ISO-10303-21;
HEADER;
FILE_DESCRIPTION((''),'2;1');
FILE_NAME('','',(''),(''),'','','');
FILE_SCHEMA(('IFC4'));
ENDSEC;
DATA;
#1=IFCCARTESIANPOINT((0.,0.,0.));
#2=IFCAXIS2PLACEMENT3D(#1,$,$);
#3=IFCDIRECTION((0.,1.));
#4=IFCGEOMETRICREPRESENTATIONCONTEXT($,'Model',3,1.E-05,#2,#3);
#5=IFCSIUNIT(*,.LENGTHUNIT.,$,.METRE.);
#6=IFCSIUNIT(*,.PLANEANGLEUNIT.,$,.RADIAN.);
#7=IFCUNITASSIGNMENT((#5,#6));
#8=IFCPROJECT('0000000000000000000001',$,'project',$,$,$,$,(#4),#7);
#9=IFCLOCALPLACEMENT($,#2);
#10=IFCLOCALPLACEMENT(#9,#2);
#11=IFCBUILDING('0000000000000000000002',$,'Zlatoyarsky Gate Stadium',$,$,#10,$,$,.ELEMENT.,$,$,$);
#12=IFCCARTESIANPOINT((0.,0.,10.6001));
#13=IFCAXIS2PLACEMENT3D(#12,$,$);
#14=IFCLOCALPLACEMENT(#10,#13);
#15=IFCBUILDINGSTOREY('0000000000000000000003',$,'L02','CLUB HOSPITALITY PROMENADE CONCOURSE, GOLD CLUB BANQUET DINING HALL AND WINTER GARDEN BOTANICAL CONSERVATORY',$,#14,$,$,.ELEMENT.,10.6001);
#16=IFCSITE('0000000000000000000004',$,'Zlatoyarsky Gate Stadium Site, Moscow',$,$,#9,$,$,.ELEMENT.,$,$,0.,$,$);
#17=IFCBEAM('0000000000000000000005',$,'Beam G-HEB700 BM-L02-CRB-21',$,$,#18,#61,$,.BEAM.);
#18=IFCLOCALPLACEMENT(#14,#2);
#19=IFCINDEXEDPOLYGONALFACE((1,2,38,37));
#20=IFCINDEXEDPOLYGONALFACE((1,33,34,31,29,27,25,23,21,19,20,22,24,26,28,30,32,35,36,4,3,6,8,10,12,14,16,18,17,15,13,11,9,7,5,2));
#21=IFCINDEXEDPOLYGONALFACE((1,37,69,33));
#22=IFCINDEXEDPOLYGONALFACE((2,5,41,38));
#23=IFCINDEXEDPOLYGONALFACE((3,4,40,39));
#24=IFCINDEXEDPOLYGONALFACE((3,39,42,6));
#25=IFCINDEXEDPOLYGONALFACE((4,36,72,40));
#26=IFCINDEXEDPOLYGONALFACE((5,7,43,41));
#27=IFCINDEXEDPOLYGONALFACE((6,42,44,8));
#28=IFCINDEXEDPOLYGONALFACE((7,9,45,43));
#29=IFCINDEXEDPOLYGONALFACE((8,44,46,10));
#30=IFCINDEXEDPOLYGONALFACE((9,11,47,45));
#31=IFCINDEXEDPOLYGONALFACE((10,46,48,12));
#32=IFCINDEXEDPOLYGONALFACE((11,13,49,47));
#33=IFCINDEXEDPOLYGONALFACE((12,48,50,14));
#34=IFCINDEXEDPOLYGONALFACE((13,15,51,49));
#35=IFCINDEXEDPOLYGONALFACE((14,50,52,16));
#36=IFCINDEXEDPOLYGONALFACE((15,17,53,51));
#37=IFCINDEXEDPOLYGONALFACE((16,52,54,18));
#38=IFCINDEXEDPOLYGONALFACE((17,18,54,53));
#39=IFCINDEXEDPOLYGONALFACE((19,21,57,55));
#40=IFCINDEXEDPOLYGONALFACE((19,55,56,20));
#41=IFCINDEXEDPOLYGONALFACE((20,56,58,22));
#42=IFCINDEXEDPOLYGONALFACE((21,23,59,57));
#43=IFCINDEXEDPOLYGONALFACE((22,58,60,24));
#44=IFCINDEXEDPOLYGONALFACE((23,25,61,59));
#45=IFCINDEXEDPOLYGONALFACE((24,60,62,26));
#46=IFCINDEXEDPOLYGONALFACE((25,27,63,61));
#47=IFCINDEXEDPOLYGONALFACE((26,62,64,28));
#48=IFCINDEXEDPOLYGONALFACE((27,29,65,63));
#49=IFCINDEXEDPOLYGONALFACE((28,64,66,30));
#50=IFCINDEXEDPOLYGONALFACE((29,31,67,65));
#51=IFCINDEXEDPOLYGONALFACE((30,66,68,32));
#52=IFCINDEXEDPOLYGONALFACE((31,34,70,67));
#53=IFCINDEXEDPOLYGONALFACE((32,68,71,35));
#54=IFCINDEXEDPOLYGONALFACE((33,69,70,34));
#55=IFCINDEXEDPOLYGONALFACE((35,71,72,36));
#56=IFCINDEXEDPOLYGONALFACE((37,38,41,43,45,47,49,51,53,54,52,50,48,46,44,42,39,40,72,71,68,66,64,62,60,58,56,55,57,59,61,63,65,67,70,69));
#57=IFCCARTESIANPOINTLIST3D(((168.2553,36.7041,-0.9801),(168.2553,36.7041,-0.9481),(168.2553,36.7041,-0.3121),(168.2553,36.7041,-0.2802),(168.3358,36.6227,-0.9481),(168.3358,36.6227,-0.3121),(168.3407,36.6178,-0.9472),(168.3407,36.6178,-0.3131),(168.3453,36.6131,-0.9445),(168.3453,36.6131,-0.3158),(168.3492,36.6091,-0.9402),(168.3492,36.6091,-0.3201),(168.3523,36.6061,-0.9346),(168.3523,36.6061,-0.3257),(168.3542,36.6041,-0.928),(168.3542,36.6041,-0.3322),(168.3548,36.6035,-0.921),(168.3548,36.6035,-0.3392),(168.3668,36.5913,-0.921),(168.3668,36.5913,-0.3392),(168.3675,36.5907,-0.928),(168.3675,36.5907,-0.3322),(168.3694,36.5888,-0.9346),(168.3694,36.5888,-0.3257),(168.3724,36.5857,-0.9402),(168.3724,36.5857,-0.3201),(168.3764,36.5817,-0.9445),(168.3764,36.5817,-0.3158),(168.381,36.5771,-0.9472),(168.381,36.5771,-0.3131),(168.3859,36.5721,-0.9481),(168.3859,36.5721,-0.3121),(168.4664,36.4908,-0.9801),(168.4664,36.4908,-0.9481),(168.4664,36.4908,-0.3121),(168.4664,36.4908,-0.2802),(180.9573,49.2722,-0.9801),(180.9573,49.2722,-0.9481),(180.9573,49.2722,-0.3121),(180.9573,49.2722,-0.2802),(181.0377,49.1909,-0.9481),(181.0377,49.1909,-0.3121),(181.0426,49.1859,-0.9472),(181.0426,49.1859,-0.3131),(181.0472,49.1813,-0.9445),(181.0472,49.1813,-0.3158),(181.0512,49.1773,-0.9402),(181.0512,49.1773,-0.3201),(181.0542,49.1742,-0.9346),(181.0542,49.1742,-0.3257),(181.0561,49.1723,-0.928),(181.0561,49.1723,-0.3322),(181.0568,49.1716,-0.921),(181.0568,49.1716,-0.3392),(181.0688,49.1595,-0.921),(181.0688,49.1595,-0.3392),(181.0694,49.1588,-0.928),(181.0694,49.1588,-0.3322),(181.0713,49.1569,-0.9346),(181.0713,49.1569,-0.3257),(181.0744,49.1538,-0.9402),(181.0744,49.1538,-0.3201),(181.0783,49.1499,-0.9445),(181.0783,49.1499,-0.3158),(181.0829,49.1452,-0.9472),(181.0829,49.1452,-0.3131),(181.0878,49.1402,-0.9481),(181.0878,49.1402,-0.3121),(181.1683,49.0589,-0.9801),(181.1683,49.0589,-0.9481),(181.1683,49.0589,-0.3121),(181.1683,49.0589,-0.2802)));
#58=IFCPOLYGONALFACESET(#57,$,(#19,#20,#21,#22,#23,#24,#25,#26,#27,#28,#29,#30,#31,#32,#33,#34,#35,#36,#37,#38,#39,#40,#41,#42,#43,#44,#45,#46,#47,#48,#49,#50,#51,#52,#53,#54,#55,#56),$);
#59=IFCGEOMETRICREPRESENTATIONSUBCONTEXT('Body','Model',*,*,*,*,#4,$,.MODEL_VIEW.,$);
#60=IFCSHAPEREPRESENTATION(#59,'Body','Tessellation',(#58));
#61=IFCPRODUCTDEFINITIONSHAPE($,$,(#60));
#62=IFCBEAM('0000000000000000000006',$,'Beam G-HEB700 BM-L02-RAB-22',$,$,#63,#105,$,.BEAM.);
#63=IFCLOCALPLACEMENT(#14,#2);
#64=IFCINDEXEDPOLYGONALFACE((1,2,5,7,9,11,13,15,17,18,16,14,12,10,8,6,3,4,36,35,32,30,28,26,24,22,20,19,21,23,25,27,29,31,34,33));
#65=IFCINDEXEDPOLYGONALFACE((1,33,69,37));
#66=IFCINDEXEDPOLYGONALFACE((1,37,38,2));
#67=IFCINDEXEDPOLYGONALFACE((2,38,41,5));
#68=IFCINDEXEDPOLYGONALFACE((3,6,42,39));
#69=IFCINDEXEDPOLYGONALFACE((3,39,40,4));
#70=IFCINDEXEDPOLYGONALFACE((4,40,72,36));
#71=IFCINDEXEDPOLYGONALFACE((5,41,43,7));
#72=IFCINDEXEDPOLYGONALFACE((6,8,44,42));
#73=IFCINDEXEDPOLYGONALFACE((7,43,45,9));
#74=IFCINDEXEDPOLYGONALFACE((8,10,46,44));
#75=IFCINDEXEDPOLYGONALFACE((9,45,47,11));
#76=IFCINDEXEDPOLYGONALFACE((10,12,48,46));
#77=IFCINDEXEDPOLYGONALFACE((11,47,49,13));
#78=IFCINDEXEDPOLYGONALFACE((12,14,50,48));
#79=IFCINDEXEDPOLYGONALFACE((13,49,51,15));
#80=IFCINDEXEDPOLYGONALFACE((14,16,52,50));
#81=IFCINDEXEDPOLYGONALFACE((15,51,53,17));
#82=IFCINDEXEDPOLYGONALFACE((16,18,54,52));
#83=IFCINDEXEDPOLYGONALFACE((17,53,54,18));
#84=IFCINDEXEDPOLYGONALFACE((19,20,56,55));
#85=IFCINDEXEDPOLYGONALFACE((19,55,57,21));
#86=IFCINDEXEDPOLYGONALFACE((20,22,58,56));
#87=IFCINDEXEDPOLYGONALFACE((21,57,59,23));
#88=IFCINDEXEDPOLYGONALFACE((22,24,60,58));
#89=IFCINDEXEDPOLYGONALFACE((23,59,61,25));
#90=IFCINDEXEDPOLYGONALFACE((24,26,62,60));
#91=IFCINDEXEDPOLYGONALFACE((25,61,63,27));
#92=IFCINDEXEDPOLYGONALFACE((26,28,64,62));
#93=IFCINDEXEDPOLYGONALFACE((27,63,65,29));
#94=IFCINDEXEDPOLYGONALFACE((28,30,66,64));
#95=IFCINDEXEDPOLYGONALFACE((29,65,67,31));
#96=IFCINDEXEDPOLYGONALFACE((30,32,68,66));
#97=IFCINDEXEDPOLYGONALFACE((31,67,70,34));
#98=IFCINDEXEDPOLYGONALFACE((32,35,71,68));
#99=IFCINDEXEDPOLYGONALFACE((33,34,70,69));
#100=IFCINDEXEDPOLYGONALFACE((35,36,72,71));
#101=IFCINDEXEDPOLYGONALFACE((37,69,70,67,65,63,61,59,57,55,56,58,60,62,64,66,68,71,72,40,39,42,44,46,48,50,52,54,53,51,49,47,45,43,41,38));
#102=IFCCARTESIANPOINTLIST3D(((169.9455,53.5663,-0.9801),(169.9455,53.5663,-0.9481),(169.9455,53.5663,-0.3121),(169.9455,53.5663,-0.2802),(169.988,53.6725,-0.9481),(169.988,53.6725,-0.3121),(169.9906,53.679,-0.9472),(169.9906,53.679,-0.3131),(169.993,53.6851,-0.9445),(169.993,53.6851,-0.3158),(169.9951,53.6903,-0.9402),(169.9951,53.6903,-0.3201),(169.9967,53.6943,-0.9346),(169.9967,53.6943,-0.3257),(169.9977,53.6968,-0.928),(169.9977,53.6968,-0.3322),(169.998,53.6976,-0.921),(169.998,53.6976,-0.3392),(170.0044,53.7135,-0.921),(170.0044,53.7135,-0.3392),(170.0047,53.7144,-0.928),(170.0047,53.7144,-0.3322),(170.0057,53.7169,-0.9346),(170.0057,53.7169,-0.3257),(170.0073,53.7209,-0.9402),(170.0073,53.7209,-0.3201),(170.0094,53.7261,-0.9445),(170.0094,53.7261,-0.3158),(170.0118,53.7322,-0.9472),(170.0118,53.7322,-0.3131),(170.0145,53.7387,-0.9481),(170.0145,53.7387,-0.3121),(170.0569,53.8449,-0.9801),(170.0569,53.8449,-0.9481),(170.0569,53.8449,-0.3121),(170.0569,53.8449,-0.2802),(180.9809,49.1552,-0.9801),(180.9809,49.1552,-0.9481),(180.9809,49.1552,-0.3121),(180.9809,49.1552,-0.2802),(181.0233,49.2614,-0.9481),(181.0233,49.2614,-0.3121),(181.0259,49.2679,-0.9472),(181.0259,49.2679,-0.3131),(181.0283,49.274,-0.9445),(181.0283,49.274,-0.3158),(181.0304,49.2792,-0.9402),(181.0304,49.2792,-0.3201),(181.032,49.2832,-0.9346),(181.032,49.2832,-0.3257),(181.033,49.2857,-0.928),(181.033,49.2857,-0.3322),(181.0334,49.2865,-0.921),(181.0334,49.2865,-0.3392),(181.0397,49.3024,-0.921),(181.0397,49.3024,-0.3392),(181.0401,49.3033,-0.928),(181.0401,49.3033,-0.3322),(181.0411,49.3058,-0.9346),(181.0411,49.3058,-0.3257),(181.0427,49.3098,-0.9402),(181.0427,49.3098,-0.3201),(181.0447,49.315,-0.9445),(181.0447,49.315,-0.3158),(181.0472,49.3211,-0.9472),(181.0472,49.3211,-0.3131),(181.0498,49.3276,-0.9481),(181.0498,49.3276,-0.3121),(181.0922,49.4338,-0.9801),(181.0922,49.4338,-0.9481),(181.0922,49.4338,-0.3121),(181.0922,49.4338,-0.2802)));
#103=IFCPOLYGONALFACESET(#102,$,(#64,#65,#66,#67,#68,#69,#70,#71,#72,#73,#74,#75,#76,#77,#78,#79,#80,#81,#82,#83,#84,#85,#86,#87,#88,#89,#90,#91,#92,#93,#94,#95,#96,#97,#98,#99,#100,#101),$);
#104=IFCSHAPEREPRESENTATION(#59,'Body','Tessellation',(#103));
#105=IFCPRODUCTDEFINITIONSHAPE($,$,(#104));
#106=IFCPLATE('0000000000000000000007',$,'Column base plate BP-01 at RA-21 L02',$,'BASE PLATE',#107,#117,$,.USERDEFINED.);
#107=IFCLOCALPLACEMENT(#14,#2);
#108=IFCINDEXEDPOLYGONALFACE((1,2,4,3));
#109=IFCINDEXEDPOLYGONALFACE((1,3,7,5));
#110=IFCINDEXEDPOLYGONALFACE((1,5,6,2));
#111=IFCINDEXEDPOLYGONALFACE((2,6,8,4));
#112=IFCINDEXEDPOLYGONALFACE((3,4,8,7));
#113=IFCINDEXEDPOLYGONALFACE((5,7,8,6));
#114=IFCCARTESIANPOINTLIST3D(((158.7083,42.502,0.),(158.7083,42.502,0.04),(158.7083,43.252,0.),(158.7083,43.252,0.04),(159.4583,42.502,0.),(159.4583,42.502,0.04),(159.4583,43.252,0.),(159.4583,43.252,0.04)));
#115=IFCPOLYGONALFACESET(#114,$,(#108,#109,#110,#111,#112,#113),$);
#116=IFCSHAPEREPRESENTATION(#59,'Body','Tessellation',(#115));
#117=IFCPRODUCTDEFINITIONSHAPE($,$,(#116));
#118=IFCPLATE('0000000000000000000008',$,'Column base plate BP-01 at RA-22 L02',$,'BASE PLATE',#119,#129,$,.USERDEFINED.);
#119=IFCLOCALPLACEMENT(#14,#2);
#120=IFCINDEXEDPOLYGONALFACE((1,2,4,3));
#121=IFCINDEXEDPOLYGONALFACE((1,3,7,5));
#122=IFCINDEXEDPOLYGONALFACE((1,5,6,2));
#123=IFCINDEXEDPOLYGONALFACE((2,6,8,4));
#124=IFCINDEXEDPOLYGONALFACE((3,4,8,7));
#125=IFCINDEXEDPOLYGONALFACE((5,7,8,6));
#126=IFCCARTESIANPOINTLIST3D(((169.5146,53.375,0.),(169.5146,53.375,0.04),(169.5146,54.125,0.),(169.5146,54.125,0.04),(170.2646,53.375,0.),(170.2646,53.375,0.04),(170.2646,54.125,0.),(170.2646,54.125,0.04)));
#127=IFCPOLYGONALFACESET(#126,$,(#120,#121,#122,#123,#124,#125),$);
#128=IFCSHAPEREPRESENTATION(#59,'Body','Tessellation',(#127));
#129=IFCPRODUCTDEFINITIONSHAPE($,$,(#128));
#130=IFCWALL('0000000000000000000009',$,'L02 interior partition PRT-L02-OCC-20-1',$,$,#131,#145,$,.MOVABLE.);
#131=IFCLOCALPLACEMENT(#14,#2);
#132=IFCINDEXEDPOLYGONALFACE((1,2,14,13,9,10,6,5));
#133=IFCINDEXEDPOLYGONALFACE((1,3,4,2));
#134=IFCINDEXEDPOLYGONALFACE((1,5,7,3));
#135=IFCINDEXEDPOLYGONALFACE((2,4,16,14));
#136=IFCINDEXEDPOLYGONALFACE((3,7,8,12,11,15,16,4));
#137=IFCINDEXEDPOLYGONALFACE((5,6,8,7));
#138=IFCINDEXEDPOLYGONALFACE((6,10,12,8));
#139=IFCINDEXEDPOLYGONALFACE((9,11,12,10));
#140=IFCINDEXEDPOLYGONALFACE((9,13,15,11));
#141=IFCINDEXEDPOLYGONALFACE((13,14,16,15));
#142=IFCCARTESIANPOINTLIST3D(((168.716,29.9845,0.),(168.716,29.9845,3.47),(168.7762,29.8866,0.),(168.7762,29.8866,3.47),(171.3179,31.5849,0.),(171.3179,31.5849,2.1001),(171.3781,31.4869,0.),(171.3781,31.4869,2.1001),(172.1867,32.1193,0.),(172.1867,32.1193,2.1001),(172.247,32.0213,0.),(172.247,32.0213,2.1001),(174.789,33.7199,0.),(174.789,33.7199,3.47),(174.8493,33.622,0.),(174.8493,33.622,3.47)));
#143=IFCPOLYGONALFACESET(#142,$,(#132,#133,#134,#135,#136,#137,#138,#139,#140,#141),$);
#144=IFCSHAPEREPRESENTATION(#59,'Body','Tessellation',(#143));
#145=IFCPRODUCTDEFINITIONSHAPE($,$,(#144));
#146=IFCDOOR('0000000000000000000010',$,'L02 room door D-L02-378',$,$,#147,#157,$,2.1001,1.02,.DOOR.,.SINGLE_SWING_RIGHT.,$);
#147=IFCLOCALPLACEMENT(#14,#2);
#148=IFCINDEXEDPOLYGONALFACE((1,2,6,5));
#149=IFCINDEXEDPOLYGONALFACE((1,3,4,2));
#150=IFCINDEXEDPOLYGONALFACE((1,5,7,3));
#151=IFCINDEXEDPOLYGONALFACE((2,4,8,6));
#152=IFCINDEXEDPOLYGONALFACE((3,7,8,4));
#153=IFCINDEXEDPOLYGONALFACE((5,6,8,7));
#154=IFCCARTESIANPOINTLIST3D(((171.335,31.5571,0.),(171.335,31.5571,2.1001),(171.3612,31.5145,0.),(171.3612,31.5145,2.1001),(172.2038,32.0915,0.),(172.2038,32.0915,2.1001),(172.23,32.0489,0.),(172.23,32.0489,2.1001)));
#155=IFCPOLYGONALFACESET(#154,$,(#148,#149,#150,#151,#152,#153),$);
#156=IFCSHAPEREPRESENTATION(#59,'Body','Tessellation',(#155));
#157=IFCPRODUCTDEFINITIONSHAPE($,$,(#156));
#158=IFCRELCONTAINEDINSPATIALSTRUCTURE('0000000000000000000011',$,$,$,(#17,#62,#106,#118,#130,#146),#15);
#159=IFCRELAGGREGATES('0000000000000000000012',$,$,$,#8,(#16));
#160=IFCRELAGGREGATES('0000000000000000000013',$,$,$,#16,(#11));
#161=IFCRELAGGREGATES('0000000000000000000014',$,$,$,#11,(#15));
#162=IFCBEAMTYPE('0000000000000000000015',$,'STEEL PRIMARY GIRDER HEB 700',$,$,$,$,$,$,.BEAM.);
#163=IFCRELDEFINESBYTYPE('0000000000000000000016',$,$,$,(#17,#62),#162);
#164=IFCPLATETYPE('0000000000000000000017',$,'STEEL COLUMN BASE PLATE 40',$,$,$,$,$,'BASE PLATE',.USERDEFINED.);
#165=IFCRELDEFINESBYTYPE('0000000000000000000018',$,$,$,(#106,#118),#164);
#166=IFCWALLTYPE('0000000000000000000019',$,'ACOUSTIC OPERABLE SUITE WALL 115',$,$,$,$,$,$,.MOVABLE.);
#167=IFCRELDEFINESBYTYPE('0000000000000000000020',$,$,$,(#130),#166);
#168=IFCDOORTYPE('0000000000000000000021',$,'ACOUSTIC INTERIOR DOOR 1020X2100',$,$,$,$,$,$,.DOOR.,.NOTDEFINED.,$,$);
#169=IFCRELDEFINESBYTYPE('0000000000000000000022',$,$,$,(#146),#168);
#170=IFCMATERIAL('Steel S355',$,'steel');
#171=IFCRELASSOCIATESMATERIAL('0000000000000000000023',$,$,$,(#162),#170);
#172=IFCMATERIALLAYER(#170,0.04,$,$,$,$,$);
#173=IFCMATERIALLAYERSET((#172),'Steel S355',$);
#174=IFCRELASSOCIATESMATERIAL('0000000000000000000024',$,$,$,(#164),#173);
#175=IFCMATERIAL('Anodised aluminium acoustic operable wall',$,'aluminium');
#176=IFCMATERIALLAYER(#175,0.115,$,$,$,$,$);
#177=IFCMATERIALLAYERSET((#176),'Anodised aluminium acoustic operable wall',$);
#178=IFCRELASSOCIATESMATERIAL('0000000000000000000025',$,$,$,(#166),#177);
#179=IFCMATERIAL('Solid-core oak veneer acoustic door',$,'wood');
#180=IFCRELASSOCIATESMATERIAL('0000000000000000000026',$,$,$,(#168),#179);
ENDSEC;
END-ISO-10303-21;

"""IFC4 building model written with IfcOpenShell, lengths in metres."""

from ifc_helpers import new_model, si_unit, direction, frame, frame_2d, origin, origin_2d, place, context, subcontext, project, spatial, rectangle, i_section, extrude, material, layer, layer_set, material_profile, profile_set, type_object, element, fill, save


model = new_model("IFC4")

# Units and contexts
model_context = context("Model", 3, precision=1e-05, world=origin(), true_north=direction((0.0, 1.0)))
body_context = subcontext(model_context, "Body", "Model", "MODEL_VIEW")
ifc_project = project(units=[si_unit("LENGTHUNIT", "METRE"), si_unit("PLANEANGLEUNIT", "RADIAN")], contexts=[model_context])

# Site, building, storey
site_placement = place(None, origin())
site = spatial("IfcSite", under=ifc_project, at=site_placement, Name="Zlatoyarsky Gate Stadium Site, Moscow", CompositionType="ELEMENT", RefElevation=0.0)
building_placement = place(site_placement, origin())
building = spatial("IfcBuilding", under=site, at=building_placement, Name="Zlatoyarsky Gate Stadium", CompositionType="ELEMENT")
storey_placement = place(building_placement, frame((0.0, 0.0, 10.6001)))
storey = spatial("IfcBuildingStorey", under=building, at=storey_placement, Name="L02", Description="CLUB HOSPITALITY PROMENADE CONCOURSE, GOLD CLUB BANQUET DINING HALL AND WINTER GARDEN BOTANICAL CONSERVATORY", CompositionType="ELEMENT", Elevation=10.6001)

# Shared definitions
ifc_material_1 = material(Name="Steel S355", Category="steel")

# Beams
ifc_material_profile_1 = material_profile(ifc_material_1, i_section(OverallWidth=0.3, OverallDepth=0.7, WebThickness=0.0171, FlangeThickness=0.032, FilletRadius=0.0271, at=origin_2d()), Name="HEB 700")
ifc_profile_set_1 = profile_set([ifc_material_profile_1], Name="Steel S355")
beam_type_1 = type_object("IfcBeamType", Name="STEEL PRIMARY GIRDER HEB 700", PredefinedType="BEAM", material=ifc_profile_set_1)
beam_1_placement = place(storey_placement, frame((168.3608, 36.5974, -0.6301), z_axis=(0.710841, 0.703353, 0.0), x_axis=(-0.703353, 0.710841, 0.0)))
element("IfcBeam", 1, at=beam_1_placement, inside=storey, type_object=beam_type_1, Name="Beam G-HEB700 BM-L02-CRB-21", PredefinedType="BEAM", context=body_context, shape_type="SweptSolid", body=[
    extrude(i_section(OverallWidth=0.3, OverallDepth=0.7, WebThickness=0.0171, FlangeThickness=0.032, FilletRadius=0.0271, at=origin_2d()), origin(), (0.0, 0.0, 1.0), 17.8689),
])
beam_2_placement = place(storey_placement, frame((170.0012, 53.7056, -0.6301), z_axis=(0.928565, -0.371171, 0.0), x_axis=(0.371171, 0.928565, 0.0)))
element("IfcBeam", 2, at=beam_2_placement, inside=storey, type_object=beam_type_1, Name="Beam G-HEB700 BM-L02-RAB-22", PredefinedType="BEAM", context=body_context, shape_type="SweptSolid", body=[
    extrude(i_section(OverallWidth=0.3, OverallDepth=0.7, WebThickness=0.0171, FlangeThickness=0.032, FilletRadius=0.0271, at=origin_2d()), origin(), (0.0, 0.0, 1.0), 11.8843),
])

# Plates
ifc_layer_1 = layer(ifc_material_1, 0.04)
ifc_layer_set_1 = layer_set([ifc_layer_1], Name="Steel S355")
plate_type = type_object("IfcPlateType", Name="STEEL COLUMN BASE PLATE 40", ElementType="BASE PLATE", PredefinedType="USERDEFINED", material=ifc_layer_set_1)
for number, where, z_axis, x_axis, name in (
    (3, (159.0833, 42.877, 0.0), (0.0, 0.0, 1.0), (1.0, 0.0, 0.0), "Column base plate BP-01 at RA-21 L02"),
    (4, (169.8896, 53.75, 0.0), (0.0, 0.0, 1.0), (1.0, 0.0, 0.0), "Column base plate BP-01 at RA-22 L02"),
):
    element("IfcPlate", number, at=place(storey_placement, frame(where, z_axis=z_axis, x_axis=x_axis)), inside=storey, type_object=plate_type, Name=name, ObjectType="BASE PLATE", PredefinedType="USERDEFINED", context=body_context, shape_type="SweptSolid", body=[
        extrude(rectangle(XDim=0.75, YDim=0.75, at=origin_2d()), origin(), (0.0, 0.0, 1.0), 0.04),
    ])

# Wall, opening, door
ifc_material_2 = material(Name="Anodised aluminium acoustic operable wall", Category="aluminium")
ifc_layer_2 = layer(ifc_material_2, 0.115)
ifc_layer_set_2 = layer_set([ifc_layer_2], Name="Anodised aluminium acoustic operable wall")
wall_type_1 = type_object("IfcWallType", Name="ACOUSTIC OPERABLE SUITE WALL 115", PredefinedType="MOVABLE", material=ifc_layer_set_2)
wall_1_placement = place(storey_placement, frame((168.7461, 29.9355, 0.0), z_axis=(0.0, 0.0, 1.0), x_axis=(0.851776, 0.523906, 0.0)))
wall_1 = element("IfcWall", 5, at=wall_1_placement, inside=storey, type_object=wall_type_1, Name="L02 interior partition PRT-L02-OCC-20-1", PredefinedType="MOVABLE", context=body_context, shape_type="SweptSolid", body=[
    extrude(rectangle(XDim=7.1299, YDim=0.115, at=frame_2d((3.5649, 0.0))), origin(), (0.0, 0.0, 1.0), 3.47),
])
opening_1_placement = place(wall_1_placement, frame((3.0547, 0.0, 0.0)))
opening_1 = element("IfcOpeningElement", 6, at=opening_1_placement, cuts=wall_1, PredefinedType="OPENING", context=body_context, shape_type="SweptSolid", body=[
    extrude(rectangle(XDim=1.02, YDim=2.1001, at=frame_2d((0.51, 1.05))), frame((0.0, 0.0674, 0.0), z_axis=(0.0, -1.0, 0.0), x_axis=(1.0, 0.0, 0.0)), (0.0, 0.0, 1.0), 0.135),
])
ifc_material_3 = material(Name="Solid-core oak veneer acoustic door", Category="wood")
door_type_1 = type_object("IfcDoorType", Name="ACOUSTIC INTERIOR DOOR 1020X2100", OperationType="NOTDEFINED", PredefinedType="DOOR", material=ifc_material_3)
door_1_placement = place(opening_1_placement, origin())
door_1 = element("IfcDoor", 7, at=door_1_placement, inside=storey, type_object=door_type_1, Name="L02 room door D-L02-378", OperationType="SINGLE_SWING_RIGHT", OverallHeight=2.1001, OverallWidth=1.02, PredefinedType="DOOR", context=body_context, shape_type="SweptSolid", body=[
    extrude(rectangle(XDim=1.02, YDim=2.1001, at=frame_2d((0.51, 1.05))), frame((0.0, 0.0249, 0.0), z_axis=(0.0, -1.0, 0.0), x_axis=(1.0, 0.0, 0.0)), (0.0, 0.0, 1.0), 0.05),
])
fill(opening_1, door_1)

save(model, "model.ifc")
